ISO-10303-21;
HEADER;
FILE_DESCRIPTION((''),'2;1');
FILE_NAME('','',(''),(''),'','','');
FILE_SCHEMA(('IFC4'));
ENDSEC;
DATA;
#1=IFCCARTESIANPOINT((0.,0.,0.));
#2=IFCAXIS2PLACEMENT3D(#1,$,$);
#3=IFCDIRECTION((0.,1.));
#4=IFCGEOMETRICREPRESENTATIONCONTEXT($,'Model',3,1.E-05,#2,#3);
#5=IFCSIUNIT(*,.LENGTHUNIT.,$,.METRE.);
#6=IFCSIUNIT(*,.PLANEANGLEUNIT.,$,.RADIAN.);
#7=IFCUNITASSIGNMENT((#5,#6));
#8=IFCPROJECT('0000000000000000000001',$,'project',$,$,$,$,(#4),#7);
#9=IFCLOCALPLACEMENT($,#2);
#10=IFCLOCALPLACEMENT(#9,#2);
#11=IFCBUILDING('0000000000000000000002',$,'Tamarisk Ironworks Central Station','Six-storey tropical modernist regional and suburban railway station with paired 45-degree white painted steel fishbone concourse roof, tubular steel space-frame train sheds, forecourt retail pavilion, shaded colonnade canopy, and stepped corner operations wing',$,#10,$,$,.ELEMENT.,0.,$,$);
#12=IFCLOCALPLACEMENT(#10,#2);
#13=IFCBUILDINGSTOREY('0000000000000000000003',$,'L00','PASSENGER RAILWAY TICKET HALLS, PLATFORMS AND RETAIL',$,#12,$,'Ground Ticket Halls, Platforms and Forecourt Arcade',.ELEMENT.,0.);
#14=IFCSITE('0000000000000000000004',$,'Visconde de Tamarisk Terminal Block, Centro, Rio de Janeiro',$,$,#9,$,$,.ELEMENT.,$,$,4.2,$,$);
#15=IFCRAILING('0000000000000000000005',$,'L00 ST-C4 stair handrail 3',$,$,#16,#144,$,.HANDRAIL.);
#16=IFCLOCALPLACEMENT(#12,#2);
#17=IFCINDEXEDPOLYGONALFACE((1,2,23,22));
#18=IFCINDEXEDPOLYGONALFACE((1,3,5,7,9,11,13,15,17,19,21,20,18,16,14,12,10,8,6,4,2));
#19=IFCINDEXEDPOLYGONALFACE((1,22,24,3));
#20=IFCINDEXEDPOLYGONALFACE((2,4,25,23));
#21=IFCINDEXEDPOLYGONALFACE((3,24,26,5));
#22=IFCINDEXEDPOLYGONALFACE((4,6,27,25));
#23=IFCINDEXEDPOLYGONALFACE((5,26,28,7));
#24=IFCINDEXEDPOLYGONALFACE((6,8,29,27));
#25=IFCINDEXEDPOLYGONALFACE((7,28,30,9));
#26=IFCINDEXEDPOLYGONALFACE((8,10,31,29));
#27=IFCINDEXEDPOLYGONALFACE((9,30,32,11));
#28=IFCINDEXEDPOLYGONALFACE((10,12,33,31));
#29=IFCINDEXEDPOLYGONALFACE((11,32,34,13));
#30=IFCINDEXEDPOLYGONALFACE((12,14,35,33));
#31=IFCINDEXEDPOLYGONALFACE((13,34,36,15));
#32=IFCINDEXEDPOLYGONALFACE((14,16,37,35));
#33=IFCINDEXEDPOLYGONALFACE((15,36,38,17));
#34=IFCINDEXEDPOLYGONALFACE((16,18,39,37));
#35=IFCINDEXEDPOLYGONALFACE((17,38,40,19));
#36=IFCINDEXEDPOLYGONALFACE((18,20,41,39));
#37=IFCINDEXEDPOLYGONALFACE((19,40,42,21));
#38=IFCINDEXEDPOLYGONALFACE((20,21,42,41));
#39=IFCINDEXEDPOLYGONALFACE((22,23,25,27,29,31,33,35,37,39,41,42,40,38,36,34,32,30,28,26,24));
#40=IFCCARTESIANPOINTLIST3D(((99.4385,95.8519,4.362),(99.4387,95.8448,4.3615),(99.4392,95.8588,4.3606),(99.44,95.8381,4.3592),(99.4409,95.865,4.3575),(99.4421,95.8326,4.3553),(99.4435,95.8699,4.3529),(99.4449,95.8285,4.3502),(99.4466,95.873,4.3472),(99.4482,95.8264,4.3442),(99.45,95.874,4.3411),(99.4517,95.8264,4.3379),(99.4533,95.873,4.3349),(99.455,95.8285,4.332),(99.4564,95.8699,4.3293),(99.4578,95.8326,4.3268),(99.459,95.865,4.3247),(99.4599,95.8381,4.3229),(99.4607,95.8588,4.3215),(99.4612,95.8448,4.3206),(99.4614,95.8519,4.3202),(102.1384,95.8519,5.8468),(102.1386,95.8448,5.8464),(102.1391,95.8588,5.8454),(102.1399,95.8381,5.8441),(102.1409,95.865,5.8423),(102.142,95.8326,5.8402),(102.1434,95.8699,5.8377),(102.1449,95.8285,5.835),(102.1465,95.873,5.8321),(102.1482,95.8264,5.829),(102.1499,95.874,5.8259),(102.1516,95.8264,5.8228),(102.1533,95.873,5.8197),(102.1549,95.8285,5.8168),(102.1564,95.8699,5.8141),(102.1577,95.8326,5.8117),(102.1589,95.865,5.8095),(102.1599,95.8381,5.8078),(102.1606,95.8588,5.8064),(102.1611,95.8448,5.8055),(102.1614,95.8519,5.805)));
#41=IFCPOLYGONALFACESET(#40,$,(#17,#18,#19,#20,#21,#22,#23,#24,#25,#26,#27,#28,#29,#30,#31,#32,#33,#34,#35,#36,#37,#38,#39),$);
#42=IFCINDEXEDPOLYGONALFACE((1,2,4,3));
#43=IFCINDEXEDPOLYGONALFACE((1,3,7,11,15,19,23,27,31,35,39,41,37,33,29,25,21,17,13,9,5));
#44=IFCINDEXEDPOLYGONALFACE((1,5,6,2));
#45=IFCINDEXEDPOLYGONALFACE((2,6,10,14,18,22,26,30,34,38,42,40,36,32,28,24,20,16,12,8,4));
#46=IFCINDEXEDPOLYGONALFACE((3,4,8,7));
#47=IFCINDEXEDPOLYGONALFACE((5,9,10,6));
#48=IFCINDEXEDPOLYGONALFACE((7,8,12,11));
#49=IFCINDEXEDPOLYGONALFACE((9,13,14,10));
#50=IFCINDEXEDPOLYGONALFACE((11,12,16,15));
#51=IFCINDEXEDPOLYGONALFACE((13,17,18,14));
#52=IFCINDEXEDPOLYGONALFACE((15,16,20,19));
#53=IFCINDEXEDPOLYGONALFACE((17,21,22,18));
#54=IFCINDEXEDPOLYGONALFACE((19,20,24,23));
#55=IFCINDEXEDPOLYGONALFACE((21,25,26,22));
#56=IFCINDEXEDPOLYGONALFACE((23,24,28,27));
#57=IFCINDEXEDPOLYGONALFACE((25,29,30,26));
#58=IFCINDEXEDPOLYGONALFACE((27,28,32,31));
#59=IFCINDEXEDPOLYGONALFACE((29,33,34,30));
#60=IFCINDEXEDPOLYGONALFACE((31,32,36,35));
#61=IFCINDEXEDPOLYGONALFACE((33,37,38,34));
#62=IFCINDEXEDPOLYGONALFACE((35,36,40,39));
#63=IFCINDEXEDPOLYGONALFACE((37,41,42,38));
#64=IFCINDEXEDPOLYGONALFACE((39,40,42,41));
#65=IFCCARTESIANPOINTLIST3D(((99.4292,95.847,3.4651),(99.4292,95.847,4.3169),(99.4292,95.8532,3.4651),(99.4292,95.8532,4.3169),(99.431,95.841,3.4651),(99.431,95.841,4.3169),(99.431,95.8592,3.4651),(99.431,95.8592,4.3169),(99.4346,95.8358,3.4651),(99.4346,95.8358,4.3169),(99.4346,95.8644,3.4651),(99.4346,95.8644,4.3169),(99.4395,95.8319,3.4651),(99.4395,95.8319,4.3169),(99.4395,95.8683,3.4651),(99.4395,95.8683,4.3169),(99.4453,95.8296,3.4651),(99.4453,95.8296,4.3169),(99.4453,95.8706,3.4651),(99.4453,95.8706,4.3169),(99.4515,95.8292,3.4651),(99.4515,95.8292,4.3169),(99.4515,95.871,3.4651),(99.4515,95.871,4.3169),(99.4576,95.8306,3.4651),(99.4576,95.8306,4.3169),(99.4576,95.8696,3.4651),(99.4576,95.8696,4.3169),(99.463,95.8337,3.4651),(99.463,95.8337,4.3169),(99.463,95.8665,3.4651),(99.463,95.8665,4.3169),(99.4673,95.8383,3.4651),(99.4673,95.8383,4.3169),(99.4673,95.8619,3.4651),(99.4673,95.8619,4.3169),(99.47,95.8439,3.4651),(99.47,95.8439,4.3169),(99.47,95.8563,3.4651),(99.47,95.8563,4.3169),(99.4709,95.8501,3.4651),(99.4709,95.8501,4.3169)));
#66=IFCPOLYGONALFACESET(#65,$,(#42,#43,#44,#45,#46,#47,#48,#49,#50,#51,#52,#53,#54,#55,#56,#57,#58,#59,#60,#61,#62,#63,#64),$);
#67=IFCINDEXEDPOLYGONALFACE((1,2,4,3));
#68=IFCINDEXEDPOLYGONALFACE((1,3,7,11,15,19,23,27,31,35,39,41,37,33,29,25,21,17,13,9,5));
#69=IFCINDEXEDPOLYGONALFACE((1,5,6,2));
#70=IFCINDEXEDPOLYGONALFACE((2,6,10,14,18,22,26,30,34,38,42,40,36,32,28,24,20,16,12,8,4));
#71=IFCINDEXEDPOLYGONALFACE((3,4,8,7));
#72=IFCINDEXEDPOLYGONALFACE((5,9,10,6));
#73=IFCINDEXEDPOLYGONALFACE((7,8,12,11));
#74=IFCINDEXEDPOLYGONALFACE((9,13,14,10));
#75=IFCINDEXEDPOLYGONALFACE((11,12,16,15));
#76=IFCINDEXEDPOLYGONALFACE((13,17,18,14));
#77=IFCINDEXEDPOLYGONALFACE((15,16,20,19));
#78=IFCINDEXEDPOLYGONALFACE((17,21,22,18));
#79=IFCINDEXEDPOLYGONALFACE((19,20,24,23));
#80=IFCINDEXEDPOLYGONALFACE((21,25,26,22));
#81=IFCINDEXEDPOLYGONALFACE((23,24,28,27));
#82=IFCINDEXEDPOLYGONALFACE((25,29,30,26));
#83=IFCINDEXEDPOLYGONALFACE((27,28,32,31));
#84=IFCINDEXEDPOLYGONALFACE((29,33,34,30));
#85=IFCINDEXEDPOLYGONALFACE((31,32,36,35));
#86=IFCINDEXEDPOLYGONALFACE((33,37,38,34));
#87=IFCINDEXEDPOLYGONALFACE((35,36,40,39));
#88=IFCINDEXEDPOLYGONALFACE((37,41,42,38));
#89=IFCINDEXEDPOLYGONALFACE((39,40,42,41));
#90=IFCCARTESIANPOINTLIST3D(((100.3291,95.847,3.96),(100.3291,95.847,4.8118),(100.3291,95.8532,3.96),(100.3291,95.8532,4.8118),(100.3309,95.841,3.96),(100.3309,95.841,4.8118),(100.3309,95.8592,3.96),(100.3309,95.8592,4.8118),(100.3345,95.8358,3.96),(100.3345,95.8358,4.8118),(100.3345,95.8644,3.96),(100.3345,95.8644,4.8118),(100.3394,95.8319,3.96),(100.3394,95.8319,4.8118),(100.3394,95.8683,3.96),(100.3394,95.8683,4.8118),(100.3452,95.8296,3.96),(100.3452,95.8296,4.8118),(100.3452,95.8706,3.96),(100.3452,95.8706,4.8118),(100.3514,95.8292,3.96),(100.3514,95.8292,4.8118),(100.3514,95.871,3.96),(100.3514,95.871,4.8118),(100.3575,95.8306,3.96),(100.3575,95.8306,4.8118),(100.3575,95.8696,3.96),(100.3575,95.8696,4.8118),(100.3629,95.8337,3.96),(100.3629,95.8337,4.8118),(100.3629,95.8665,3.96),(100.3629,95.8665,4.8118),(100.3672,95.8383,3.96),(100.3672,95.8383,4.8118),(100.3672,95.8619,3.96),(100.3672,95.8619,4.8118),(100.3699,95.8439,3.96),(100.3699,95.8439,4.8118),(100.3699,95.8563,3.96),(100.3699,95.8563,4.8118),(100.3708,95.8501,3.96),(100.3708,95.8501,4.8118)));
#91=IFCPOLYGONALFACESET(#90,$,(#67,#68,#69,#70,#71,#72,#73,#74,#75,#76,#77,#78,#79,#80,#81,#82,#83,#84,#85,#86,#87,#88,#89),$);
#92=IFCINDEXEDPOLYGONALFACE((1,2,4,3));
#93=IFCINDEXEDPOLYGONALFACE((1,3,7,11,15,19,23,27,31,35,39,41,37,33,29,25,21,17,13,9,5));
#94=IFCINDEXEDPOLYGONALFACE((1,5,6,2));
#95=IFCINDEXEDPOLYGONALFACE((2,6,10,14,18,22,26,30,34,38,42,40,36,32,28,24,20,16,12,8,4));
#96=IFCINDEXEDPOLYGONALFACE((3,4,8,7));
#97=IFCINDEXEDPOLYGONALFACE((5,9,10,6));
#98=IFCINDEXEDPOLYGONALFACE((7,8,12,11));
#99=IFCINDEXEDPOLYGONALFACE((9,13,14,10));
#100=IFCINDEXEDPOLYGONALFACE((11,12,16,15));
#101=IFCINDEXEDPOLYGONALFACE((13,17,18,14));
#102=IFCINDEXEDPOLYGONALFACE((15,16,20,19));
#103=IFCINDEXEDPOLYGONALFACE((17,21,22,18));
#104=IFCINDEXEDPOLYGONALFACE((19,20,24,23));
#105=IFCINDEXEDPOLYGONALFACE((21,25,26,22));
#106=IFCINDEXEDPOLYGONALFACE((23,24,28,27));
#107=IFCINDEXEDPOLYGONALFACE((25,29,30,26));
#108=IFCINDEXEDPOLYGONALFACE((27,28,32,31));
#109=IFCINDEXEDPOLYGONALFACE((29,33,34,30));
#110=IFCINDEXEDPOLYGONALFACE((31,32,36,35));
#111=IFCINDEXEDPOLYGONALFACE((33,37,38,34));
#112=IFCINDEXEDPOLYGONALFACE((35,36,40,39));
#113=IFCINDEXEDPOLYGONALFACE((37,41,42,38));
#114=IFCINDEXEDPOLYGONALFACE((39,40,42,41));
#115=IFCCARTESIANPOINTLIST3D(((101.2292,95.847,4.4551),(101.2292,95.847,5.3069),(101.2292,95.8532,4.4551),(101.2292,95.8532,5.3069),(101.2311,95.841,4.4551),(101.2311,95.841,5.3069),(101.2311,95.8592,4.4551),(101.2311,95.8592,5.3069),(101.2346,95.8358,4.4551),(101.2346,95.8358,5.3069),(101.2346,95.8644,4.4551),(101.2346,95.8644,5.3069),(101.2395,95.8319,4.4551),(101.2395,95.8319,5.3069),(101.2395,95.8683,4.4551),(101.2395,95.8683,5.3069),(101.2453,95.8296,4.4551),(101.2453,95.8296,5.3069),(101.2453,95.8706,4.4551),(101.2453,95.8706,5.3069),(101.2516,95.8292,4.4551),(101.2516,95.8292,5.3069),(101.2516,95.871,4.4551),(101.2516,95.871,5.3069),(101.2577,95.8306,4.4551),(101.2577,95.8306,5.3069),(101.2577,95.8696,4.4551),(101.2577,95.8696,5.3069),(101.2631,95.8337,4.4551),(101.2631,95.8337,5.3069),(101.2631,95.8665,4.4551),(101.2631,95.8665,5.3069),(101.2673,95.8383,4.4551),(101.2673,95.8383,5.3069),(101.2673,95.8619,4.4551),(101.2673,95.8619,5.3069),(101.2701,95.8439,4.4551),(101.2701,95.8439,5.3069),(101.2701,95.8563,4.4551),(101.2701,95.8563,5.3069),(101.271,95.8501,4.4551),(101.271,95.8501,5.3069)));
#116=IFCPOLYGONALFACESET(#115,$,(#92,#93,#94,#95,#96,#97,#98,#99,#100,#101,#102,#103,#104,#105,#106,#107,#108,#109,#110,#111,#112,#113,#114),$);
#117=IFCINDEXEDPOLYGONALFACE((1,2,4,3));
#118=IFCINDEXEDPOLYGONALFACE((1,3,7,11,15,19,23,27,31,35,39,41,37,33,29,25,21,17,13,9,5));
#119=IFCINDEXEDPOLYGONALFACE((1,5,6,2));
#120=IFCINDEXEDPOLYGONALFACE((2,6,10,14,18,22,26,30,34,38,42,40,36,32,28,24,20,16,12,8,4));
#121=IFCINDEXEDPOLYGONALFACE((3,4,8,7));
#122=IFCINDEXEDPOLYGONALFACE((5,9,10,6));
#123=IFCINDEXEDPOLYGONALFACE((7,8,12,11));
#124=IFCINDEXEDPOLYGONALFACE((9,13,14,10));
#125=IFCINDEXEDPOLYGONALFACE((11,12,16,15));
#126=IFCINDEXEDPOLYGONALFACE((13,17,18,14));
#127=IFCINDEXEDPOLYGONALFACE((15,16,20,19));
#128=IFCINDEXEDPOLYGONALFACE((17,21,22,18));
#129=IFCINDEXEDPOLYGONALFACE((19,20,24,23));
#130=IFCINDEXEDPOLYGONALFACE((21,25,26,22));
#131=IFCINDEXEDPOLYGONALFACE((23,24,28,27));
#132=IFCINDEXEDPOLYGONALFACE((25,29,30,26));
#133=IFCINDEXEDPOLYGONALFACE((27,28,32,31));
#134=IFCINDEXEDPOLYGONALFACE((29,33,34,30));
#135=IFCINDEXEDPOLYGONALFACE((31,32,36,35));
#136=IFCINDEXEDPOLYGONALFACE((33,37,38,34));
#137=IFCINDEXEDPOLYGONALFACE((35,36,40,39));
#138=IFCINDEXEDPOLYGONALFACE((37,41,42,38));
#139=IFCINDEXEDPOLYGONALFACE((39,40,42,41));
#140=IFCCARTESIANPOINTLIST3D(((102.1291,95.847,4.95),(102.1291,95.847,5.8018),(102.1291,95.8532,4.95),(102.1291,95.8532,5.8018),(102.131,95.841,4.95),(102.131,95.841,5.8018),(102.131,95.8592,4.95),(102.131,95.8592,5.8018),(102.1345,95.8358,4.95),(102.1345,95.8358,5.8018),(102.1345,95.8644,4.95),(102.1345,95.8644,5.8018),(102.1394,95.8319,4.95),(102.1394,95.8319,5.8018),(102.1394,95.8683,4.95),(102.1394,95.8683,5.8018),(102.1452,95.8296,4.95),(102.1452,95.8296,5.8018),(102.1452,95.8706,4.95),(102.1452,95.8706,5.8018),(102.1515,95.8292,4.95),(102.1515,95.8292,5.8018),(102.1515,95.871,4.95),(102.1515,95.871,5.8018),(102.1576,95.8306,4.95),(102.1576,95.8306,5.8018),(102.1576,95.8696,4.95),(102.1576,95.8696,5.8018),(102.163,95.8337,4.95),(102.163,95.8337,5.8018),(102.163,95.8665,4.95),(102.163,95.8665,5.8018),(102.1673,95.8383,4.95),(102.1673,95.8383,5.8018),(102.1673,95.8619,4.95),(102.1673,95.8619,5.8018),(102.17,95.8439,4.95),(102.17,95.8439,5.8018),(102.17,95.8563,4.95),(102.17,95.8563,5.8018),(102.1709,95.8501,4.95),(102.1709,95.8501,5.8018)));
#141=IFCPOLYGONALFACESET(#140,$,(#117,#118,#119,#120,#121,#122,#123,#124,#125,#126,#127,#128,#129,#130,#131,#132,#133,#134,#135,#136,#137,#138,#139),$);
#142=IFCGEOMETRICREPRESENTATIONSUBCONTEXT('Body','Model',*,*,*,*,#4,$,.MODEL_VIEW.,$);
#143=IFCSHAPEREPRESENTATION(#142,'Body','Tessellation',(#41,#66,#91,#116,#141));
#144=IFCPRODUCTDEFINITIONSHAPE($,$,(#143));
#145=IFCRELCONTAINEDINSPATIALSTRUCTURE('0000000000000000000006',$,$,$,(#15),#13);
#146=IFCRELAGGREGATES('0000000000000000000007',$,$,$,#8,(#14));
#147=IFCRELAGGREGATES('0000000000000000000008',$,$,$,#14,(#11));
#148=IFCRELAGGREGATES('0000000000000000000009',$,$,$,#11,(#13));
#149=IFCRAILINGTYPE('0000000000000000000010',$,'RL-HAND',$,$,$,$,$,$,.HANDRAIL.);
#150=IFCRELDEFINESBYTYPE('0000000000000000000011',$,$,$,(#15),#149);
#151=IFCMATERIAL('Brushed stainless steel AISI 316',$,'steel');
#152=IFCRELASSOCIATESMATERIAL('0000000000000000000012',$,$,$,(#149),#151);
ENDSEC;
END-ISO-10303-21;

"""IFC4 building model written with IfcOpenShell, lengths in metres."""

from ifc_helpers import new_model, si_unit, direction, frame, origin, origin_2d, place, context, subcontext, project, spatial, circle, extrude, material, type_object, element, save


model = new_model("IFC4")

# Units and contexts
model_context = context("Model", 3, precision=1e-05, world=origin(), true_north=direction((0.0, 1.0)))
body_context = subcontext(model_context, "Body", "Model", "MODEL_VIEW")
ifc_project = project(units=[si_unit("LENGTHUNIT", "METRE"), si_unit("PLANEANGLEUNIT", "RADIAN")], contexts=[model_context])

# Site, building, storey
site_placement = place(None, origin())
site = spatial("IfcSite", under=ifc_project, at=site_placement, Name="Visconde de Tamarisk Terminal Block, Centro, Rio de Janeiro", CompositionType="ELEMENT", RefElevation=4.2)
building_placement = place(site_placement, origin())
building = spatial("IfcBuilding", under=site, at=building_placement, Name="Tamarisk Ironworks Central Station", Description="Six-storey tropical modernist regional and suburban railway station with paired 45-degree white painted steel fishbone concourse roof, tubular steel space-frame train sheds, forecourt retail pavilion, shaded colonnade canopy, and stepped corner operations wing", CompositionType="ELEMENT", ElevationOfRefHeight=0.0)
storey_placement = place(building_placement, origin())
storey = spatial("IfcBuildingStorey", under=building, at=storey_placement, Name="L00", Description="PASSENGER RAILWAY TICKET HALLS, PLATFORMS AND RETAIL", LongName="Ground Ticket Halls, Platforms and Forecourt Arcade", CompositionType="ELEMENT", Elevation=0.0)

# Railing
ifc_material_1 = material(Name="Brushed stainless steel AISI 316", Category="steel")
railing_type_1 = type_object("IfcRailingType", Name="RL-HAND", PredefinedType="HANDRAIL", material=ifc_material_1)
for number, where, name in (
    (1, (99.45, 95.8501, 3.4651), "L00 ST-C4 stair handrail 3"),
):
    element("IfcRailing", number, at=place(storey_placement, frame(where)), inside=storey, type_object=railing_type_1, Name=name, PredefinedType="HANDRAIL", context=body_context, shape_type="SweptSolid", body=[
        extrude(circle(Radius=0.0239, at=origin_2d()), frame((0.0, 0.0, 0.876), z_axis=(0.876231, 0.0, 0.481891), x_axis=(0.0, 1.0, 0.0)), (0.0, 0.0, 1.0), 3.0813),
        extrude(circle(Radius=0.021, at=origin_2d()), origin(), (0.0, 0.0, 1.0), 0.8518),
        extrude(circle(Radius=0.021, at=origin_2d()), frame((0.8999, 0.0, 0.4949)), (0.0, 0.0, 1.0), 0.8518),
        extrude(circle(Radius=0.021, at=origin_2d()), frame((1.8, 0.0, 0.99)), (0.0, 0.0, 1.0), 0.8518),
        extrude(circle(Radius=0.021, at=origin_2d()), frame((2.7, 0.0, 1.4849)), (0.0, 0.0, 1.0), 0.8518),
    ])

save(model, "model.ifc")
